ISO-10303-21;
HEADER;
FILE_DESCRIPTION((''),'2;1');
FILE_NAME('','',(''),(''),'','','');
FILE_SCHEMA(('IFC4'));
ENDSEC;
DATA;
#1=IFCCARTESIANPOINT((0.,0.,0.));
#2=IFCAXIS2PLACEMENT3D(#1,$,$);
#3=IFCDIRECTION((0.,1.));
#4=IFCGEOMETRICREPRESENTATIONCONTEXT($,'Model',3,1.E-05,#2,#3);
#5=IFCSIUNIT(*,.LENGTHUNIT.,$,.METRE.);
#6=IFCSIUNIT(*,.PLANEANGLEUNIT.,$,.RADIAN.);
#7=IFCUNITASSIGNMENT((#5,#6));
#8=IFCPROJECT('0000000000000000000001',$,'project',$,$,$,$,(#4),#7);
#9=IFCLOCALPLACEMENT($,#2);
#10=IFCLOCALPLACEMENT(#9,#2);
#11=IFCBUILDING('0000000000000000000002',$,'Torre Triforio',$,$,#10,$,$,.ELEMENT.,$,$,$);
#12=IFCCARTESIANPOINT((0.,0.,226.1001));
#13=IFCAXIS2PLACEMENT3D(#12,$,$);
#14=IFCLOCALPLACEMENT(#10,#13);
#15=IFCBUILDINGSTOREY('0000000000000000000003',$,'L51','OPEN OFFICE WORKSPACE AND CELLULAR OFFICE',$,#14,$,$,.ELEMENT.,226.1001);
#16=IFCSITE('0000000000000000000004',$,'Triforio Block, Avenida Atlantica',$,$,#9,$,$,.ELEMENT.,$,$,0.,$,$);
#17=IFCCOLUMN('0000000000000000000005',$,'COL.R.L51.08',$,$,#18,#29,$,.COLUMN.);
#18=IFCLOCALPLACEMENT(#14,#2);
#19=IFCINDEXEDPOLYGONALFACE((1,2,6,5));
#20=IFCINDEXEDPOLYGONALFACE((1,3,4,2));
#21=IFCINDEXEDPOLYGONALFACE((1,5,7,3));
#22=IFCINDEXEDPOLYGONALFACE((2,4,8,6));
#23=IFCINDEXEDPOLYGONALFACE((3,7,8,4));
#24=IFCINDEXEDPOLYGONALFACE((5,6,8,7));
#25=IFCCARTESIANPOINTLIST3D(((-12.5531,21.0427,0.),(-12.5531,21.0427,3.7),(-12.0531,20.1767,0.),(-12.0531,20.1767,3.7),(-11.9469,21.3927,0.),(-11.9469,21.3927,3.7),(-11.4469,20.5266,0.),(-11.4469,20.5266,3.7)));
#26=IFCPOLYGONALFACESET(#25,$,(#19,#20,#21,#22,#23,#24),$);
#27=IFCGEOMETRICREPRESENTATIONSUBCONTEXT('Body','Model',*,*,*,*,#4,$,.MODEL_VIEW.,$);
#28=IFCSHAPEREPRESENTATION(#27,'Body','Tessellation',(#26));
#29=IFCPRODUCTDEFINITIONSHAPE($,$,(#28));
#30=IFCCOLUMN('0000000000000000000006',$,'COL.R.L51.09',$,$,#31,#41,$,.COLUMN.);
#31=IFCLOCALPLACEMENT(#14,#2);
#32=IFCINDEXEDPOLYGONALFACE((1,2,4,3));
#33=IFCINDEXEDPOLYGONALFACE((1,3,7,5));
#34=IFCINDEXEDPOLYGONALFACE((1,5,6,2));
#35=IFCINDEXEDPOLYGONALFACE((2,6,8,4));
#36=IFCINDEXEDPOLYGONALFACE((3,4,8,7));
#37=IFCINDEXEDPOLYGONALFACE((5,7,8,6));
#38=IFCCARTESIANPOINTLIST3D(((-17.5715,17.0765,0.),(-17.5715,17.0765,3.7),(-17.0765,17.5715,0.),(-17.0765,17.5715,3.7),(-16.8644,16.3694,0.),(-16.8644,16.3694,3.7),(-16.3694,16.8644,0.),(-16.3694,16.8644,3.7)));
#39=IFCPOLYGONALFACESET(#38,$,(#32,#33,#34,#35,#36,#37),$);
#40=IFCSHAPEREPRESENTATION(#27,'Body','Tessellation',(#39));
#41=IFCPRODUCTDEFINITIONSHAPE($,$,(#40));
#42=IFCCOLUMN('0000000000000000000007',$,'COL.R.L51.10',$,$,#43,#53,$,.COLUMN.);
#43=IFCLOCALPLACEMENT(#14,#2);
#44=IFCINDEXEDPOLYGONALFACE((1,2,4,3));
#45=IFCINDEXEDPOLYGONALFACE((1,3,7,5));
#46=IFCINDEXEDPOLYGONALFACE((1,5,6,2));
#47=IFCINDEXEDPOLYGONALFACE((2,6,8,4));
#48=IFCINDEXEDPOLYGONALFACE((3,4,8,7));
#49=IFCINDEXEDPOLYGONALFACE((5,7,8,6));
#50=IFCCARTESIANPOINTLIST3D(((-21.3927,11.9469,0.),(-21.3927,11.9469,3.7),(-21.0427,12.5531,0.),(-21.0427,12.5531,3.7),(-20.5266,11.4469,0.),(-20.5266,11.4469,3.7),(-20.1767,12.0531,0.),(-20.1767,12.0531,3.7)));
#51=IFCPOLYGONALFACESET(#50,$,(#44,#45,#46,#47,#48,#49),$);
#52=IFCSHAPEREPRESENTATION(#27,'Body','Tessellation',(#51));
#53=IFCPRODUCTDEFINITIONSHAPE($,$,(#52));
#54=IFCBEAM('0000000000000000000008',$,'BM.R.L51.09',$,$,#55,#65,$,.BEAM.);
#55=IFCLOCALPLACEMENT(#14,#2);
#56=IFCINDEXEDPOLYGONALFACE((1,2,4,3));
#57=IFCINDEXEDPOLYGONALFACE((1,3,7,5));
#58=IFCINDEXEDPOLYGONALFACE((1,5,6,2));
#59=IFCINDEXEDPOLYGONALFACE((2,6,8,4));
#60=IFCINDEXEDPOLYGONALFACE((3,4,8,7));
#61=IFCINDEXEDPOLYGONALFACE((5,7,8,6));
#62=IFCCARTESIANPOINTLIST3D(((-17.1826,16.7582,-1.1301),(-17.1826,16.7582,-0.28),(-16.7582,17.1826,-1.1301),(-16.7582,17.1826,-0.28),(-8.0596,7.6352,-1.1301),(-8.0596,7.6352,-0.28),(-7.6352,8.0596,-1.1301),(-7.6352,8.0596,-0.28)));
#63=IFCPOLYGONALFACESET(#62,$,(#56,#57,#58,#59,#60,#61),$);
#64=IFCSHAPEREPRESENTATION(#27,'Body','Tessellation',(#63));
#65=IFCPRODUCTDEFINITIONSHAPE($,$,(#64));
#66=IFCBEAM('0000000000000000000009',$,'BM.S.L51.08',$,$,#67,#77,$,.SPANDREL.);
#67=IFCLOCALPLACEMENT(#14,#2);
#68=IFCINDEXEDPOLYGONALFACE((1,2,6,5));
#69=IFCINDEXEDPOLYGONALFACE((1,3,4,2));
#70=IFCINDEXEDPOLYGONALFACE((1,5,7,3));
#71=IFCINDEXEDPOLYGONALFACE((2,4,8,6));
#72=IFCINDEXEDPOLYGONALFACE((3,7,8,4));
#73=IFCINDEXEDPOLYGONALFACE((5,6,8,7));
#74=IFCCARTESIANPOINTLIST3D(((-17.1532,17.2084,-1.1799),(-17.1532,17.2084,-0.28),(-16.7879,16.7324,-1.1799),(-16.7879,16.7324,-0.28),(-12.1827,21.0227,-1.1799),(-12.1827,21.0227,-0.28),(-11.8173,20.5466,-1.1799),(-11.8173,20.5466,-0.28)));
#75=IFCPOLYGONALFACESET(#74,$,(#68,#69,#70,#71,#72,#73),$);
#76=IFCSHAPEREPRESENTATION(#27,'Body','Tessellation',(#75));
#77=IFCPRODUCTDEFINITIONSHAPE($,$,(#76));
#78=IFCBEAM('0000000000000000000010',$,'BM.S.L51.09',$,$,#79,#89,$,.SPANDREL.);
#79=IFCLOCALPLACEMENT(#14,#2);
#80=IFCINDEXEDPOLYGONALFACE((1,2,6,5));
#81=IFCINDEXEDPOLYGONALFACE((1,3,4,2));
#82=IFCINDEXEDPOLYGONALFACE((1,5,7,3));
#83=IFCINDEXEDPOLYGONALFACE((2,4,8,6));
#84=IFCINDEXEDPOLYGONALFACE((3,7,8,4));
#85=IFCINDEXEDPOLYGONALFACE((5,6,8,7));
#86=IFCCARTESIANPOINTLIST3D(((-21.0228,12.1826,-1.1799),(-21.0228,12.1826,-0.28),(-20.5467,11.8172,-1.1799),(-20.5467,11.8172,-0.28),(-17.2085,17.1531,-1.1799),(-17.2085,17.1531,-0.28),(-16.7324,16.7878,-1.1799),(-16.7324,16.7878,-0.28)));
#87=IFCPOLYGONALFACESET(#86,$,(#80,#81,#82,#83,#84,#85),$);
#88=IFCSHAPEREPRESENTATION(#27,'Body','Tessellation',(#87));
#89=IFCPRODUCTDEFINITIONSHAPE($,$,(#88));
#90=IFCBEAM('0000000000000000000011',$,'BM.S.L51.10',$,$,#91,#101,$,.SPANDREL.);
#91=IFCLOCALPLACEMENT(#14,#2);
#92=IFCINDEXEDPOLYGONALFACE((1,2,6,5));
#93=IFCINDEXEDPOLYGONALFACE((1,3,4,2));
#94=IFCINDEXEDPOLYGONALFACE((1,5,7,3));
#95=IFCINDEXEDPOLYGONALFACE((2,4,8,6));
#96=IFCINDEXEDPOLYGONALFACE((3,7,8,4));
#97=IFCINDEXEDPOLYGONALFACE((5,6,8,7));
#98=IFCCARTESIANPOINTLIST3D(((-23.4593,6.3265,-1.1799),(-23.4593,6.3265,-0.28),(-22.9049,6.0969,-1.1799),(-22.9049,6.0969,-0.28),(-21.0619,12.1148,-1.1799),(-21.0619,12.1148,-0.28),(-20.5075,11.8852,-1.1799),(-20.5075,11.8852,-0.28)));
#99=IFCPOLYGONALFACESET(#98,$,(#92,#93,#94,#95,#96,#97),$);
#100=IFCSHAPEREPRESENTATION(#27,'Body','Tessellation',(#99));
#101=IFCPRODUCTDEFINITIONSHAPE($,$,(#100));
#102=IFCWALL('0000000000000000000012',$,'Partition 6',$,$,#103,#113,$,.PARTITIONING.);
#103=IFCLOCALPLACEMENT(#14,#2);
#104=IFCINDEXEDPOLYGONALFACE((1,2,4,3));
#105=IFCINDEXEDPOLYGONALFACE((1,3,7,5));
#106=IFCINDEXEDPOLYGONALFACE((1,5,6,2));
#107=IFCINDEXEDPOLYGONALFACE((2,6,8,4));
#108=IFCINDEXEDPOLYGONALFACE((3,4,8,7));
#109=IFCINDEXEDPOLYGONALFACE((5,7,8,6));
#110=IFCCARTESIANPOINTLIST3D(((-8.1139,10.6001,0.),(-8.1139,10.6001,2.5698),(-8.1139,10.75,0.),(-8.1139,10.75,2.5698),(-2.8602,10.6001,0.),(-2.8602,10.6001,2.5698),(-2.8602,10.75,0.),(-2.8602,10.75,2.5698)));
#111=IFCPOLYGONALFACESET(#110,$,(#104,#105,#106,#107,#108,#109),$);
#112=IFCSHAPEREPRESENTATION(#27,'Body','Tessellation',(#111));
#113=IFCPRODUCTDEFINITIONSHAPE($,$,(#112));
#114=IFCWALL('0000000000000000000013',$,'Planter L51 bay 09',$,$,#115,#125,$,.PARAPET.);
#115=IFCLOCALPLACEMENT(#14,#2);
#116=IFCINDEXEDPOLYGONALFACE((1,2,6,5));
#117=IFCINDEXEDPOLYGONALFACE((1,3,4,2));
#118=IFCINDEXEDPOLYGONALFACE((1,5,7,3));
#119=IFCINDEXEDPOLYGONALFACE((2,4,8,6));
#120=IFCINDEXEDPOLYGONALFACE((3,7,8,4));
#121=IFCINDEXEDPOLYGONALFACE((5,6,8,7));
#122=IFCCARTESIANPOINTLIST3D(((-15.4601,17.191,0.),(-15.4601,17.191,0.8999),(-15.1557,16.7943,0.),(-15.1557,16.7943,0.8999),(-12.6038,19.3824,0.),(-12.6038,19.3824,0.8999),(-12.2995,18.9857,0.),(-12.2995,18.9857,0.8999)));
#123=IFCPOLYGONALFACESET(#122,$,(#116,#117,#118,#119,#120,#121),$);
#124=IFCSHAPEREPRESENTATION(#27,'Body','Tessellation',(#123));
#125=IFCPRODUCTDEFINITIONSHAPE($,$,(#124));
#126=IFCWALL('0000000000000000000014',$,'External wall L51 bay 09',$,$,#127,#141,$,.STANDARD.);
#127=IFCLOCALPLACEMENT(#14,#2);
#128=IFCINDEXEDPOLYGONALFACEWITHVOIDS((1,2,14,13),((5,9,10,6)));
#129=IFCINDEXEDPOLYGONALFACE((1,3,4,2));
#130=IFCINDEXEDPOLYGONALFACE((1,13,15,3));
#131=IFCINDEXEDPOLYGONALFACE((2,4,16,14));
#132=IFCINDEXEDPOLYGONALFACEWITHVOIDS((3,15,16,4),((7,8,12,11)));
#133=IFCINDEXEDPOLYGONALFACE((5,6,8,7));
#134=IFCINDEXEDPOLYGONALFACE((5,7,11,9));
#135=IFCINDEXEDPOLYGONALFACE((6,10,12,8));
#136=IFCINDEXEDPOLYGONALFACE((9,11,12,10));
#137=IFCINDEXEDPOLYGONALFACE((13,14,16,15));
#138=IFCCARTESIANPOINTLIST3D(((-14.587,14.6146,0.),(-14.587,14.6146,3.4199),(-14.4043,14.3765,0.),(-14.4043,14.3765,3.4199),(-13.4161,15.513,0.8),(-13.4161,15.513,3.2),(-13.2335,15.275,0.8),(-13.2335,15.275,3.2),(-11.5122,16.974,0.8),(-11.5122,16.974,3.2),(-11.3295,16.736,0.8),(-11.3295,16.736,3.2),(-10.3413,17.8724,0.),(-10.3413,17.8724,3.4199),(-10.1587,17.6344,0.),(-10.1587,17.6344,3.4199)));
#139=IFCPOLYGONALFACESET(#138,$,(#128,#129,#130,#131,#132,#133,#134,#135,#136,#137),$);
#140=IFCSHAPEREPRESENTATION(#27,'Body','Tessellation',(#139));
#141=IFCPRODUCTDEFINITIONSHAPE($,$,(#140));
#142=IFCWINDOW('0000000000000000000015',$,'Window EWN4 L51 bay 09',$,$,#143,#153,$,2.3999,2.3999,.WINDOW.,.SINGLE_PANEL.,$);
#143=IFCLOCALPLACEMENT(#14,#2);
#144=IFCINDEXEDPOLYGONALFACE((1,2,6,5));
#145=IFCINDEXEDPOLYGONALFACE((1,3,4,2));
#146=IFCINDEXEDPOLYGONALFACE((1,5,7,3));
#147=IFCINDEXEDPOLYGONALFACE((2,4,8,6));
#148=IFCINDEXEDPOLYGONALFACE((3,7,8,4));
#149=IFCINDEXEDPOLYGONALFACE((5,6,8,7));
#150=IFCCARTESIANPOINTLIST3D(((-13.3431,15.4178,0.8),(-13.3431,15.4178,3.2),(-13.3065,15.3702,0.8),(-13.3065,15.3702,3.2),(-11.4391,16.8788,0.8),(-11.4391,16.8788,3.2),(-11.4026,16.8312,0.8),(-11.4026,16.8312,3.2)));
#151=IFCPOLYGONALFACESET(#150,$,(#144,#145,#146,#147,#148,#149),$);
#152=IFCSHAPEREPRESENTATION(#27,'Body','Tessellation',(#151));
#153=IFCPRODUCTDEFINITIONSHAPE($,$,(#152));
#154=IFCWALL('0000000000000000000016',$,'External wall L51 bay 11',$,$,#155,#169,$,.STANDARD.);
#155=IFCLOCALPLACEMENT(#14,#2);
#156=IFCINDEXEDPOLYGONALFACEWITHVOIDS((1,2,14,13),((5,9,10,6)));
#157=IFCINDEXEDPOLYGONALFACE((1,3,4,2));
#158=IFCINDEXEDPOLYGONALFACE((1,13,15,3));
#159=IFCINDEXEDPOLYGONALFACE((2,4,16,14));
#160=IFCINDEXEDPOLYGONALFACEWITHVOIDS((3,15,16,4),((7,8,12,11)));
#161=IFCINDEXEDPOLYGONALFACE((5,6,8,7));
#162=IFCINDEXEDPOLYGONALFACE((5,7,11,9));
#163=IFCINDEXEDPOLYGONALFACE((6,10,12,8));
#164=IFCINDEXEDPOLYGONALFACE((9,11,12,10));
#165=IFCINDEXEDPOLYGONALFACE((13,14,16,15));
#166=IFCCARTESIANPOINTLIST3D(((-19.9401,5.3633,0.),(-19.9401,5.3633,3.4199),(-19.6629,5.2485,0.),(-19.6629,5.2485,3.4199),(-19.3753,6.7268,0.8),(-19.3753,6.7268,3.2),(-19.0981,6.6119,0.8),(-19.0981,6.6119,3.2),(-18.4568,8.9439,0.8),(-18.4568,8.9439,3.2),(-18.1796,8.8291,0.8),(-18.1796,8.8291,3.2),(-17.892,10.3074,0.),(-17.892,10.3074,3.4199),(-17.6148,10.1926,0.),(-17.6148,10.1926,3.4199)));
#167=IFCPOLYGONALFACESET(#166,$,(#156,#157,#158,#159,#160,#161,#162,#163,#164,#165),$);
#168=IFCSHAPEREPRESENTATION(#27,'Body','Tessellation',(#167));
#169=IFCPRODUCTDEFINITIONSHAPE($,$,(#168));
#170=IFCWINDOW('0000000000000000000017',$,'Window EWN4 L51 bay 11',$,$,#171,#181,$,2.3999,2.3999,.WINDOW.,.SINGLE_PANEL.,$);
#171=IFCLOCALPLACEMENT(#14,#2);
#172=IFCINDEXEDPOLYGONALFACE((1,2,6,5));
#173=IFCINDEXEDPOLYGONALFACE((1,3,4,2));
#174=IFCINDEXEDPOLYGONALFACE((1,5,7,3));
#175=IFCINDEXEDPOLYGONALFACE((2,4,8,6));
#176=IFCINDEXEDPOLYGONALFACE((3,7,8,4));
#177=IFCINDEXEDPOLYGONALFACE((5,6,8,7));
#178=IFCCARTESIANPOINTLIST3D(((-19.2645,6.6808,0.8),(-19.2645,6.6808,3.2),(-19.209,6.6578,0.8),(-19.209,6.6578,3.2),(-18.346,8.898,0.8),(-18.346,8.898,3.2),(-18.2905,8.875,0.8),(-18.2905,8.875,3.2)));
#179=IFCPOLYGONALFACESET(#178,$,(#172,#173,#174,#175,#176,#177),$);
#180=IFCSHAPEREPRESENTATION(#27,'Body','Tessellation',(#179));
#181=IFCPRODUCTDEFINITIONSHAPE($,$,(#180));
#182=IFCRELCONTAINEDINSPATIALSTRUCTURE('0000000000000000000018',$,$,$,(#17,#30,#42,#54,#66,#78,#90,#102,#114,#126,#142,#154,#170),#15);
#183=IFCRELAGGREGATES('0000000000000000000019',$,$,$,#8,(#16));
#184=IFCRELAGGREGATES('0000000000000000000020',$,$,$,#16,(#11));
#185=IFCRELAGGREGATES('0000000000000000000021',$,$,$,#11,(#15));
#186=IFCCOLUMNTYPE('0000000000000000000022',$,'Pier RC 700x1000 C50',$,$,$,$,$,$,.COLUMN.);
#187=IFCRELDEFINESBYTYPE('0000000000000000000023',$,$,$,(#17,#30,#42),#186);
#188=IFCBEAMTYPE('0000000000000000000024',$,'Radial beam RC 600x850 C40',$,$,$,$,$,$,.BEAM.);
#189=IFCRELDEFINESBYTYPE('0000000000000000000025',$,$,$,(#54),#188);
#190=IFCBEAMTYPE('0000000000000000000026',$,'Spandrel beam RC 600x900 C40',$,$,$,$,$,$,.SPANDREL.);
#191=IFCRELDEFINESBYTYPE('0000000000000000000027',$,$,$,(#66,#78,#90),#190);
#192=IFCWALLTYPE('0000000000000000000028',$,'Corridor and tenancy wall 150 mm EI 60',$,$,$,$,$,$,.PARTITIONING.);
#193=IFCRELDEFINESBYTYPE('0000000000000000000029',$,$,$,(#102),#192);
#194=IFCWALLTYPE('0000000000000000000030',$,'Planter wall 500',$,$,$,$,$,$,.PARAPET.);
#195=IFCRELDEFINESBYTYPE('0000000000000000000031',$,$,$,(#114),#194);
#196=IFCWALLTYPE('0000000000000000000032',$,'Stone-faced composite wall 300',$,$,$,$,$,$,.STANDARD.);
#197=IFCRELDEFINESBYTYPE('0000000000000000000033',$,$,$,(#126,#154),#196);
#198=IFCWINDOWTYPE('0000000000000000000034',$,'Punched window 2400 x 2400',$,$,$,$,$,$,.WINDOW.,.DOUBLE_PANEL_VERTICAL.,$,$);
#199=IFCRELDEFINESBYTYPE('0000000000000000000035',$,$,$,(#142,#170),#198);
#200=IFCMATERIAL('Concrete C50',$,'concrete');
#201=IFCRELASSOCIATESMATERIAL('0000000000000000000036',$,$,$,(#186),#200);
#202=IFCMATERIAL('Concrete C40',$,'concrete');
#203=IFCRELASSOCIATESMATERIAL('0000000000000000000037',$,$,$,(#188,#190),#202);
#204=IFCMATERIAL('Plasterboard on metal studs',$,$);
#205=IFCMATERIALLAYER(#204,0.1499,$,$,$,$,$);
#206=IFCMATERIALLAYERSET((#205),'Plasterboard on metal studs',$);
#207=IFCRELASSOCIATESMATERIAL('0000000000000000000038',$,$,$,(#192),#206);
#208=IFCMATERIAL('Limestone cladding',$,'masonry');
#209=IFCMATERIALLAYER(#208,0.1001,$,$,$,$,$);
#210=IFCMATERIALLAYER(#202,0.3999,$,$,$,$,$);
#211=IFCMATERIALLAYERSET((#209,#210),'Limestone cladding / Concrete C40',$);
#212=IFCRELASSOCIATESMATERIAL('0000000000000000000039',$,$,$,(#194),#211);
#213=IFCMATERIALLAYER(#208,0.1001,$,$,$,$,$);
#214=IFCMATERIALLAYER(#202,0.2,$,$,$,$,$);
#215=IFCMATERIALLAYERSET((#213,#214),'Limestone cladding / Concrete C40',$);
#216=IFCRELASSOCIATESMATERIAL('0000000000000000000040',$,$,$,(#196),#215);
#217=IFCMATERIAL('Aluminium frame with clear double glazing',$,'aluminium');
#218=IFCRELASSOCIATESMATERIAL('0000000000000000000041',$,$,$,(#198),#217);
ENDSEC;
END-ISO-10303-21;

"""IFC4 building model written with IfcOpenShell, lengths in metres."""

from ifc_helpers import new_model, si_unit, direction, frame, frame_2d, origin, origin_2d, place, context, subcontext, project, spatial, rectangle, extrude, material, layer, layer_set, material_profile, profile_set, type_object, element, fill, save


model = new_model("IFC4")

# Units and contexts
model_context = context("Model", 3, precision=1e-05, world=origin(), true_north=direction((0.0, 1.0)))
body_context = subcontext(model_context, "Body", "Model", "MODEL_VIEW")
ifc_project = project(units=[si_unit("LENGTHUNIT", "METRE"), si_unit("PLANEANGLEUNIT", "RADIAN")], contexts=[model_context])

# Site, building, storey
site_placement = place(None, origin())
site = spatial("IfcSite", under=ifc_project, at=site_placement, Name="Triforio Block, Avenida Atlantica", CompositionType="ELEMENT", RefElevation=0.0)
building_placement = place(site_placement, origin())
building = spatial("IfcBuilding", under=site, at=building_placement, Name="Torre Triforio", CompositionType="ELEMENT")
storey_placement = place(building_placement, frame((0.0, 0.0, 226.1001)))
storey = spatial("IfcBuildingStorey", under=building, at=storey_placement, Name="L51", Description="OPEN OFFICE WORKSPACE AND CELLULAR OFFICE", CompositionType="ELEMENT", Elevation=226.1001)

# Columns
ifc_material_1 = material(Name="Concrete C50", Category="concrete")
ifc_material_profile_1 = material_profile(ifc_material_1, rectangle(XDim=0.7, YDim=1.0, at=origin_2d()), Name="RC 700x1000")
ifc_profile_set_1 = profile_set([ifc_material_profile_1], Name="Concrete C50")
column_type = type_object("IfcColumnType", Name="Pier RC 700x1000 C50", PredefinedType="COLUMN", material=ifc_profile_set_1)
for number, where, z_axis, x_axis, name in (
    (1, (-12.0, 20.7847, 0.0), (0.0, 0.0, 1.0), (-0.866025, -0.5, 0.0), "COL.R.L51.08"),
    (2, (-16.9705, 16.9705, 0.0), (0.0, 0.0, 1.0), (-0.707107, -0.707107, 0.0), "COL.R.L51.09"),
    (3, (-20.7847, 12.0, 0.0), (0.0, 0.0, 1.0), (-0.5, -0.866025, 0.0), "COL.R.L51.10"),
):
    element("IfcColumn", number, at=place(storey_placement, frame(where, z_axis=z_axis, x_axis=x_axis)), inside=storey, type_object=column_type, Name=name, PredefinedType="COLUMN", context=body_context, shape_type="SweptSolid", body=[
        extrude(rectangle(XDim=0.7, YDim=1.0, at=origin_2d()), origin(), (0.0, 0.0, 1.0), 3.7),
    ])

# Beams
ifc_material_2 = material(Name="Concrete C40", Category="concrete")
ifc_material_profile_2 = material_profile(ifc_material_2, rectangle(XDim=0.6001, YDim=0.8501, at=origin_2d()), Name="RC 600x850")
ifc_profile_set_2 = profile_set([ifc_material_profile_2], Name="Concrete C40")
beam_type_1 = type_object("IfcBeamType", Name="Radial beam RC 600x850 C40", PredefinedType="BEAM", material=ifc_profile_set_2)
beam_1_placement = place(storey_placement, frame((-7.8474, 7.8474, -0.7051), z_axis=(-0.707107, 0.707107, 0.0), x_axis=(-0.707107, -0.707107, 0.0)))
element("IfcBeam", 4, at=beam_1_placement, inside=storey, type_object=beam_type_1, Name="BM.R.L51.09", PredefinedType="BEAM", context=body_context, shape_type="SweptSolid", body=[
    extrude(rectangle(XDim=0.6001, YDim=0.8501, at=origin_2d()), origin(), (0.0, 0.0, 1.0), 12.9019),
])
ifc_material_profile_3 = material_profile(ifc_material_2, rectangle(XDim=0.6001, YDim=0.8999, at=origin_2d()), Name="RC 600x900")
ifc_profile_set_3 = profile_set([ifc_material_profile_3], Name="Concrete C40")
beam_type_2 = type_object("IfcBeamType", Name="Spandrel beam RC 600x900 C40", PredefinedType="SPANDREL", material=ifc_profile_set_3)
for number, where, z_axis, x_axis, name in (
    (5, (-12.0, 20.7847, -0.73), (-0.793335, -0.608786, 0.0), (0.608786, -0.793335, 0.0), "BM.S.L51.08"),
    (6, (-16.9705, 16.9705, -0.73), (-0.608786, -0.793335, 0.0), (0.793335, -0.608786, 0.0), "BM.S.L51.09"),
):
    element("IfcBeam", number, at=place(storey_placement, frame(where, z_axis=z_axis, x_axis=x_axis)), inside=storey, type_object=beam_type_2, Name=name, PredefinedType="SPANDREL", context=body_context, shape_type="SweptSolid", body=[
        extrude(rectangle(XDim=0.6001, YDim=0.8999, at=origin_2d()), origin(), (0.0, 0.0, 1.0), 6.2654),
    ])
beam_2_placement = place(storey_placement, frame((-20.7847, 12.0, -0.73), z_axis=(-0.382664, -0.923888, 0.0), x_axis=(0.923888, -0.382664, 0.0)))
element("IfcBeam", 7, at=beam_2_placement, inside=storey, type_object=beam_type_2, Name="BM.S.L51.10", PredefinedType="SPANDREL", context=body_context, shape_type="SweptSolid", body=[
    extrude(rectangle(XDim=0.6001, YDim=0.8999, at=origin_2d()), origin(), (0.0, 0.0, 1.0), 6.2651),
])

# Walls
ifc_material_3 = material(Name="Plasterboard on metal studs")
ifc_layer_1 = layer(ifc_material_3, 0.1499)
ifc_layer_set_1 = layer_set([ifc_layer_1], Name="Plasterboard on metal studs")
wall_type_1 = type_object("IfcWallType", Name="Corridor and tenancy wall 150 mm EI 60", PredefinedType="PARTITIONING", material=ifc_layer_set_1)
wall_1_placement = place(storey_placement, frame((-8.114, 10.675, 0.0), z_axis=(0.0, 0.0, 1.0), x_axis=(1.0, 0.0, 0.0)))
element("IfcWall", 8, at=wall_1_placement, inside=storey, type_object=wall_type_1, Name="Partition 6", PredefinedType="PARTITIONING", context=body_context, shape_type="SweptSolid", body=[
    extrude(rectangle(XDim=5.2537, YDim=0.1499, at=frame_2d((2.627, 0.0))), origin(), (0.0, 0.0, 1.0), 2.5698),
])
ifc_material_4 = material(Name="Limestone cladding", Category="masonry")
ifc_layer_2 = layer(ifc_material_4, 0.1001)
ifc_layer_3 = layer(ifc_material_2, 0.3999)
ifc_layer_set_2 = layer_set([ifc_layer_2, ifc_layer_3], Name="Limestone cladding / Concrete C40")
wall_type_2 = type_object("IfcWallType", Name="Planter wall 500", PredefinedType="PARAPET", material=ifc_layer_set_2)
wall_2_placement = place(storey_placement, frame((-12.4517, 19.1841, 0.0), z_axis=(0.0, 0.0, 1.0), x_axis=(-0.793385, -0.608721, 0.0)))
element("IfcWall", 9, at=wall_2_placement, inside=storey, type_object=wall_type_2, Name="Planter L51 bay 09", PredefinedType="PARAPET", context=body_context, shape_type="SweptSolid", body=[
    extrude(rectangle(XDim=3.6001, YDim=0.5, at=frame_2d((1.8, 0.0))), origin(), (0.0, 0.0, 1.0), 0.8999),
])

# Wall, opening, window
ifc_layer_4 = layer(ifc_material_4, 0.1001)
ifc_layer_5 = layer(ifc_material_2, 0.2)
ifc_layer_set_3 = layer_set([ifc_layer_4, ifc_layer_5], Name="Limestone cladding / Concrete C40")
wall_type_3 = type_object("IfcWallType", Name="Stone-faced composite wall 300", PredefinedType="STANDARD", material=ifc_layer_set_3)
wall_3_placement = place(storey_placement, frame((-10.25, 17.7534, 0.0), z_axis=(0.0, 0.0, 1.0), x_axis=(-0.793349, -0.608767, 0.0)))
wall_3 = element("IfcWall", 10, at=wall_3_placement, inside=storey, type_object=wall_type_3, Name="External wall L51 bay 09", PredefinedType="STANDARD", context=body_context, shape_type="SweptSolid", body=[
    extrude(rectangle(XDim=5.3516, YDim=0.3, at=frame_2d((2.6758, 0.0))), origin(), (0.0, 0.0, 1.0), 3.4199),
])
opening_1_placement = place(wall_3_placement, frame((1.4758, 0.0, 0.8)))
opening_1 = element("IfcOpeningElement", 11, at=opening_1_placement, cuts=wall_3, PredefinedType="OPENING", context=body_context, shape_type="SweptSolid", body=[
    extrude(rectangle(XDim=2.3999, YDim=2.3999, at=frame_2d((1.2, 1.2))), frame((0.0, 0.1599, 0.0), z_axis=(0.0, -1.0, 0.0), x_axis=(1.0, 0.0, 0.0)), (0.0, 0.0, 1.0), 0.3201),
])
ifc_material_5 = material(Name="Aluminium frame with clear double glazing", Category="aluminium")
window_type_1 = type_object("IfcWindowType", Name="Punched window 2400 x 2400", PartitioningType="DOUBLE_PANEL_VERTICAL", PredefinedType="WINDOW", material=ifc_material_5)
window_1_placement = place(opening_1_placement, origin())
window_1 = element("IfcWindow", 12, at=window_1_placement, inside=storey, type_object=window_type_1, Name="Window EWN4 L51 bay 09", OverallHeight=2.3999, OverallWidth=2.3999, PartitioningType="SINGLE_PANEL", PredefinedType="WINDOW", context=body_context, shape_type="SweptSolid", body=[
    extrude(rectangle(XDim=2.3999, YDim=2.3999, at=frame_2d((1.2, 1.2))), frame((0.0, 0.03, 0.0), z_axis=(0.0, -1.0, 0.0), x_axis=(1.0, 0.0, 0.0)), (0.0, 0.0, 1.0), 0.0601),
])
fill(opening_1, window_1)

# Wall, opening, window
wall_4_placement = place(storey_placement, frame((-17.7534, 10.25, 0.0), z_axis=(0.0, 0.0, 1.0), x_axis=(-0.382713, -0.923867, 0.0)))
wall_4 = element("IfcWall", 13, at=wall_4_placement, inside=storey, type_object=wall_type_3, Name="External wall L51 bay 11", PredefinedType="STANDARD", context=body_context, shape_type="SweptSolid", body=[
    extrude(rectangle(XDim=5.3516, YDim=0.3, at=frame_2d((2.6758, 0.0))), origin(), (0.0, 0.0, 1.0), 3.4199),
])
opening_2_placement = place(wall_4_placement, frame((1.4758, 0.0, 0.8)))
opening_2 = element("IfcOpeningElement", 14, at=opening_2_placement, cuts=wall_4, PredefinedType="OPENING", context=body_context, shape_type="SweptSolid", body=[
    extrude(rectangle(XDim=2.3999, YDim=2.3999, at=frame_2d((1.2, 1.2))), frame((0.0, 0.1599, 0.0), z_axis=(0.0, -1.0, 0.0), x_axis=(1.0, 0.0, 0.0)), (0.0, 0.0, 1.0), 0.3201),
])
window_2_placement = place(opening_2_placement, origin())
window_2 = element("IfcWindow", 15, at=window_2_placement, inside=storey, type_object=window_type_1, Name="Window EWN4 L51 bay 11", OverallHeight=2.3999, OverallWidth=2.3999, PartitioningType="SINGLE_PANEL", PredefinedType="WINDOW", context=body_context, shape_type="SweptSolid", body=[
    extrude(rectangle(XDim=2.3999, YDim=2.3999, at=frame_2d((1.2, 1.2))), frame((0.0, 0.03, 0.0), z_axis=(0.0, -1.0, 0.0), x_axis=(1.0, 0.0, 0.0)), (0.0, 0.0, 1.0), 0.0601),
])
fill(opening_2, window_2)

save(model, "model.ifc")
